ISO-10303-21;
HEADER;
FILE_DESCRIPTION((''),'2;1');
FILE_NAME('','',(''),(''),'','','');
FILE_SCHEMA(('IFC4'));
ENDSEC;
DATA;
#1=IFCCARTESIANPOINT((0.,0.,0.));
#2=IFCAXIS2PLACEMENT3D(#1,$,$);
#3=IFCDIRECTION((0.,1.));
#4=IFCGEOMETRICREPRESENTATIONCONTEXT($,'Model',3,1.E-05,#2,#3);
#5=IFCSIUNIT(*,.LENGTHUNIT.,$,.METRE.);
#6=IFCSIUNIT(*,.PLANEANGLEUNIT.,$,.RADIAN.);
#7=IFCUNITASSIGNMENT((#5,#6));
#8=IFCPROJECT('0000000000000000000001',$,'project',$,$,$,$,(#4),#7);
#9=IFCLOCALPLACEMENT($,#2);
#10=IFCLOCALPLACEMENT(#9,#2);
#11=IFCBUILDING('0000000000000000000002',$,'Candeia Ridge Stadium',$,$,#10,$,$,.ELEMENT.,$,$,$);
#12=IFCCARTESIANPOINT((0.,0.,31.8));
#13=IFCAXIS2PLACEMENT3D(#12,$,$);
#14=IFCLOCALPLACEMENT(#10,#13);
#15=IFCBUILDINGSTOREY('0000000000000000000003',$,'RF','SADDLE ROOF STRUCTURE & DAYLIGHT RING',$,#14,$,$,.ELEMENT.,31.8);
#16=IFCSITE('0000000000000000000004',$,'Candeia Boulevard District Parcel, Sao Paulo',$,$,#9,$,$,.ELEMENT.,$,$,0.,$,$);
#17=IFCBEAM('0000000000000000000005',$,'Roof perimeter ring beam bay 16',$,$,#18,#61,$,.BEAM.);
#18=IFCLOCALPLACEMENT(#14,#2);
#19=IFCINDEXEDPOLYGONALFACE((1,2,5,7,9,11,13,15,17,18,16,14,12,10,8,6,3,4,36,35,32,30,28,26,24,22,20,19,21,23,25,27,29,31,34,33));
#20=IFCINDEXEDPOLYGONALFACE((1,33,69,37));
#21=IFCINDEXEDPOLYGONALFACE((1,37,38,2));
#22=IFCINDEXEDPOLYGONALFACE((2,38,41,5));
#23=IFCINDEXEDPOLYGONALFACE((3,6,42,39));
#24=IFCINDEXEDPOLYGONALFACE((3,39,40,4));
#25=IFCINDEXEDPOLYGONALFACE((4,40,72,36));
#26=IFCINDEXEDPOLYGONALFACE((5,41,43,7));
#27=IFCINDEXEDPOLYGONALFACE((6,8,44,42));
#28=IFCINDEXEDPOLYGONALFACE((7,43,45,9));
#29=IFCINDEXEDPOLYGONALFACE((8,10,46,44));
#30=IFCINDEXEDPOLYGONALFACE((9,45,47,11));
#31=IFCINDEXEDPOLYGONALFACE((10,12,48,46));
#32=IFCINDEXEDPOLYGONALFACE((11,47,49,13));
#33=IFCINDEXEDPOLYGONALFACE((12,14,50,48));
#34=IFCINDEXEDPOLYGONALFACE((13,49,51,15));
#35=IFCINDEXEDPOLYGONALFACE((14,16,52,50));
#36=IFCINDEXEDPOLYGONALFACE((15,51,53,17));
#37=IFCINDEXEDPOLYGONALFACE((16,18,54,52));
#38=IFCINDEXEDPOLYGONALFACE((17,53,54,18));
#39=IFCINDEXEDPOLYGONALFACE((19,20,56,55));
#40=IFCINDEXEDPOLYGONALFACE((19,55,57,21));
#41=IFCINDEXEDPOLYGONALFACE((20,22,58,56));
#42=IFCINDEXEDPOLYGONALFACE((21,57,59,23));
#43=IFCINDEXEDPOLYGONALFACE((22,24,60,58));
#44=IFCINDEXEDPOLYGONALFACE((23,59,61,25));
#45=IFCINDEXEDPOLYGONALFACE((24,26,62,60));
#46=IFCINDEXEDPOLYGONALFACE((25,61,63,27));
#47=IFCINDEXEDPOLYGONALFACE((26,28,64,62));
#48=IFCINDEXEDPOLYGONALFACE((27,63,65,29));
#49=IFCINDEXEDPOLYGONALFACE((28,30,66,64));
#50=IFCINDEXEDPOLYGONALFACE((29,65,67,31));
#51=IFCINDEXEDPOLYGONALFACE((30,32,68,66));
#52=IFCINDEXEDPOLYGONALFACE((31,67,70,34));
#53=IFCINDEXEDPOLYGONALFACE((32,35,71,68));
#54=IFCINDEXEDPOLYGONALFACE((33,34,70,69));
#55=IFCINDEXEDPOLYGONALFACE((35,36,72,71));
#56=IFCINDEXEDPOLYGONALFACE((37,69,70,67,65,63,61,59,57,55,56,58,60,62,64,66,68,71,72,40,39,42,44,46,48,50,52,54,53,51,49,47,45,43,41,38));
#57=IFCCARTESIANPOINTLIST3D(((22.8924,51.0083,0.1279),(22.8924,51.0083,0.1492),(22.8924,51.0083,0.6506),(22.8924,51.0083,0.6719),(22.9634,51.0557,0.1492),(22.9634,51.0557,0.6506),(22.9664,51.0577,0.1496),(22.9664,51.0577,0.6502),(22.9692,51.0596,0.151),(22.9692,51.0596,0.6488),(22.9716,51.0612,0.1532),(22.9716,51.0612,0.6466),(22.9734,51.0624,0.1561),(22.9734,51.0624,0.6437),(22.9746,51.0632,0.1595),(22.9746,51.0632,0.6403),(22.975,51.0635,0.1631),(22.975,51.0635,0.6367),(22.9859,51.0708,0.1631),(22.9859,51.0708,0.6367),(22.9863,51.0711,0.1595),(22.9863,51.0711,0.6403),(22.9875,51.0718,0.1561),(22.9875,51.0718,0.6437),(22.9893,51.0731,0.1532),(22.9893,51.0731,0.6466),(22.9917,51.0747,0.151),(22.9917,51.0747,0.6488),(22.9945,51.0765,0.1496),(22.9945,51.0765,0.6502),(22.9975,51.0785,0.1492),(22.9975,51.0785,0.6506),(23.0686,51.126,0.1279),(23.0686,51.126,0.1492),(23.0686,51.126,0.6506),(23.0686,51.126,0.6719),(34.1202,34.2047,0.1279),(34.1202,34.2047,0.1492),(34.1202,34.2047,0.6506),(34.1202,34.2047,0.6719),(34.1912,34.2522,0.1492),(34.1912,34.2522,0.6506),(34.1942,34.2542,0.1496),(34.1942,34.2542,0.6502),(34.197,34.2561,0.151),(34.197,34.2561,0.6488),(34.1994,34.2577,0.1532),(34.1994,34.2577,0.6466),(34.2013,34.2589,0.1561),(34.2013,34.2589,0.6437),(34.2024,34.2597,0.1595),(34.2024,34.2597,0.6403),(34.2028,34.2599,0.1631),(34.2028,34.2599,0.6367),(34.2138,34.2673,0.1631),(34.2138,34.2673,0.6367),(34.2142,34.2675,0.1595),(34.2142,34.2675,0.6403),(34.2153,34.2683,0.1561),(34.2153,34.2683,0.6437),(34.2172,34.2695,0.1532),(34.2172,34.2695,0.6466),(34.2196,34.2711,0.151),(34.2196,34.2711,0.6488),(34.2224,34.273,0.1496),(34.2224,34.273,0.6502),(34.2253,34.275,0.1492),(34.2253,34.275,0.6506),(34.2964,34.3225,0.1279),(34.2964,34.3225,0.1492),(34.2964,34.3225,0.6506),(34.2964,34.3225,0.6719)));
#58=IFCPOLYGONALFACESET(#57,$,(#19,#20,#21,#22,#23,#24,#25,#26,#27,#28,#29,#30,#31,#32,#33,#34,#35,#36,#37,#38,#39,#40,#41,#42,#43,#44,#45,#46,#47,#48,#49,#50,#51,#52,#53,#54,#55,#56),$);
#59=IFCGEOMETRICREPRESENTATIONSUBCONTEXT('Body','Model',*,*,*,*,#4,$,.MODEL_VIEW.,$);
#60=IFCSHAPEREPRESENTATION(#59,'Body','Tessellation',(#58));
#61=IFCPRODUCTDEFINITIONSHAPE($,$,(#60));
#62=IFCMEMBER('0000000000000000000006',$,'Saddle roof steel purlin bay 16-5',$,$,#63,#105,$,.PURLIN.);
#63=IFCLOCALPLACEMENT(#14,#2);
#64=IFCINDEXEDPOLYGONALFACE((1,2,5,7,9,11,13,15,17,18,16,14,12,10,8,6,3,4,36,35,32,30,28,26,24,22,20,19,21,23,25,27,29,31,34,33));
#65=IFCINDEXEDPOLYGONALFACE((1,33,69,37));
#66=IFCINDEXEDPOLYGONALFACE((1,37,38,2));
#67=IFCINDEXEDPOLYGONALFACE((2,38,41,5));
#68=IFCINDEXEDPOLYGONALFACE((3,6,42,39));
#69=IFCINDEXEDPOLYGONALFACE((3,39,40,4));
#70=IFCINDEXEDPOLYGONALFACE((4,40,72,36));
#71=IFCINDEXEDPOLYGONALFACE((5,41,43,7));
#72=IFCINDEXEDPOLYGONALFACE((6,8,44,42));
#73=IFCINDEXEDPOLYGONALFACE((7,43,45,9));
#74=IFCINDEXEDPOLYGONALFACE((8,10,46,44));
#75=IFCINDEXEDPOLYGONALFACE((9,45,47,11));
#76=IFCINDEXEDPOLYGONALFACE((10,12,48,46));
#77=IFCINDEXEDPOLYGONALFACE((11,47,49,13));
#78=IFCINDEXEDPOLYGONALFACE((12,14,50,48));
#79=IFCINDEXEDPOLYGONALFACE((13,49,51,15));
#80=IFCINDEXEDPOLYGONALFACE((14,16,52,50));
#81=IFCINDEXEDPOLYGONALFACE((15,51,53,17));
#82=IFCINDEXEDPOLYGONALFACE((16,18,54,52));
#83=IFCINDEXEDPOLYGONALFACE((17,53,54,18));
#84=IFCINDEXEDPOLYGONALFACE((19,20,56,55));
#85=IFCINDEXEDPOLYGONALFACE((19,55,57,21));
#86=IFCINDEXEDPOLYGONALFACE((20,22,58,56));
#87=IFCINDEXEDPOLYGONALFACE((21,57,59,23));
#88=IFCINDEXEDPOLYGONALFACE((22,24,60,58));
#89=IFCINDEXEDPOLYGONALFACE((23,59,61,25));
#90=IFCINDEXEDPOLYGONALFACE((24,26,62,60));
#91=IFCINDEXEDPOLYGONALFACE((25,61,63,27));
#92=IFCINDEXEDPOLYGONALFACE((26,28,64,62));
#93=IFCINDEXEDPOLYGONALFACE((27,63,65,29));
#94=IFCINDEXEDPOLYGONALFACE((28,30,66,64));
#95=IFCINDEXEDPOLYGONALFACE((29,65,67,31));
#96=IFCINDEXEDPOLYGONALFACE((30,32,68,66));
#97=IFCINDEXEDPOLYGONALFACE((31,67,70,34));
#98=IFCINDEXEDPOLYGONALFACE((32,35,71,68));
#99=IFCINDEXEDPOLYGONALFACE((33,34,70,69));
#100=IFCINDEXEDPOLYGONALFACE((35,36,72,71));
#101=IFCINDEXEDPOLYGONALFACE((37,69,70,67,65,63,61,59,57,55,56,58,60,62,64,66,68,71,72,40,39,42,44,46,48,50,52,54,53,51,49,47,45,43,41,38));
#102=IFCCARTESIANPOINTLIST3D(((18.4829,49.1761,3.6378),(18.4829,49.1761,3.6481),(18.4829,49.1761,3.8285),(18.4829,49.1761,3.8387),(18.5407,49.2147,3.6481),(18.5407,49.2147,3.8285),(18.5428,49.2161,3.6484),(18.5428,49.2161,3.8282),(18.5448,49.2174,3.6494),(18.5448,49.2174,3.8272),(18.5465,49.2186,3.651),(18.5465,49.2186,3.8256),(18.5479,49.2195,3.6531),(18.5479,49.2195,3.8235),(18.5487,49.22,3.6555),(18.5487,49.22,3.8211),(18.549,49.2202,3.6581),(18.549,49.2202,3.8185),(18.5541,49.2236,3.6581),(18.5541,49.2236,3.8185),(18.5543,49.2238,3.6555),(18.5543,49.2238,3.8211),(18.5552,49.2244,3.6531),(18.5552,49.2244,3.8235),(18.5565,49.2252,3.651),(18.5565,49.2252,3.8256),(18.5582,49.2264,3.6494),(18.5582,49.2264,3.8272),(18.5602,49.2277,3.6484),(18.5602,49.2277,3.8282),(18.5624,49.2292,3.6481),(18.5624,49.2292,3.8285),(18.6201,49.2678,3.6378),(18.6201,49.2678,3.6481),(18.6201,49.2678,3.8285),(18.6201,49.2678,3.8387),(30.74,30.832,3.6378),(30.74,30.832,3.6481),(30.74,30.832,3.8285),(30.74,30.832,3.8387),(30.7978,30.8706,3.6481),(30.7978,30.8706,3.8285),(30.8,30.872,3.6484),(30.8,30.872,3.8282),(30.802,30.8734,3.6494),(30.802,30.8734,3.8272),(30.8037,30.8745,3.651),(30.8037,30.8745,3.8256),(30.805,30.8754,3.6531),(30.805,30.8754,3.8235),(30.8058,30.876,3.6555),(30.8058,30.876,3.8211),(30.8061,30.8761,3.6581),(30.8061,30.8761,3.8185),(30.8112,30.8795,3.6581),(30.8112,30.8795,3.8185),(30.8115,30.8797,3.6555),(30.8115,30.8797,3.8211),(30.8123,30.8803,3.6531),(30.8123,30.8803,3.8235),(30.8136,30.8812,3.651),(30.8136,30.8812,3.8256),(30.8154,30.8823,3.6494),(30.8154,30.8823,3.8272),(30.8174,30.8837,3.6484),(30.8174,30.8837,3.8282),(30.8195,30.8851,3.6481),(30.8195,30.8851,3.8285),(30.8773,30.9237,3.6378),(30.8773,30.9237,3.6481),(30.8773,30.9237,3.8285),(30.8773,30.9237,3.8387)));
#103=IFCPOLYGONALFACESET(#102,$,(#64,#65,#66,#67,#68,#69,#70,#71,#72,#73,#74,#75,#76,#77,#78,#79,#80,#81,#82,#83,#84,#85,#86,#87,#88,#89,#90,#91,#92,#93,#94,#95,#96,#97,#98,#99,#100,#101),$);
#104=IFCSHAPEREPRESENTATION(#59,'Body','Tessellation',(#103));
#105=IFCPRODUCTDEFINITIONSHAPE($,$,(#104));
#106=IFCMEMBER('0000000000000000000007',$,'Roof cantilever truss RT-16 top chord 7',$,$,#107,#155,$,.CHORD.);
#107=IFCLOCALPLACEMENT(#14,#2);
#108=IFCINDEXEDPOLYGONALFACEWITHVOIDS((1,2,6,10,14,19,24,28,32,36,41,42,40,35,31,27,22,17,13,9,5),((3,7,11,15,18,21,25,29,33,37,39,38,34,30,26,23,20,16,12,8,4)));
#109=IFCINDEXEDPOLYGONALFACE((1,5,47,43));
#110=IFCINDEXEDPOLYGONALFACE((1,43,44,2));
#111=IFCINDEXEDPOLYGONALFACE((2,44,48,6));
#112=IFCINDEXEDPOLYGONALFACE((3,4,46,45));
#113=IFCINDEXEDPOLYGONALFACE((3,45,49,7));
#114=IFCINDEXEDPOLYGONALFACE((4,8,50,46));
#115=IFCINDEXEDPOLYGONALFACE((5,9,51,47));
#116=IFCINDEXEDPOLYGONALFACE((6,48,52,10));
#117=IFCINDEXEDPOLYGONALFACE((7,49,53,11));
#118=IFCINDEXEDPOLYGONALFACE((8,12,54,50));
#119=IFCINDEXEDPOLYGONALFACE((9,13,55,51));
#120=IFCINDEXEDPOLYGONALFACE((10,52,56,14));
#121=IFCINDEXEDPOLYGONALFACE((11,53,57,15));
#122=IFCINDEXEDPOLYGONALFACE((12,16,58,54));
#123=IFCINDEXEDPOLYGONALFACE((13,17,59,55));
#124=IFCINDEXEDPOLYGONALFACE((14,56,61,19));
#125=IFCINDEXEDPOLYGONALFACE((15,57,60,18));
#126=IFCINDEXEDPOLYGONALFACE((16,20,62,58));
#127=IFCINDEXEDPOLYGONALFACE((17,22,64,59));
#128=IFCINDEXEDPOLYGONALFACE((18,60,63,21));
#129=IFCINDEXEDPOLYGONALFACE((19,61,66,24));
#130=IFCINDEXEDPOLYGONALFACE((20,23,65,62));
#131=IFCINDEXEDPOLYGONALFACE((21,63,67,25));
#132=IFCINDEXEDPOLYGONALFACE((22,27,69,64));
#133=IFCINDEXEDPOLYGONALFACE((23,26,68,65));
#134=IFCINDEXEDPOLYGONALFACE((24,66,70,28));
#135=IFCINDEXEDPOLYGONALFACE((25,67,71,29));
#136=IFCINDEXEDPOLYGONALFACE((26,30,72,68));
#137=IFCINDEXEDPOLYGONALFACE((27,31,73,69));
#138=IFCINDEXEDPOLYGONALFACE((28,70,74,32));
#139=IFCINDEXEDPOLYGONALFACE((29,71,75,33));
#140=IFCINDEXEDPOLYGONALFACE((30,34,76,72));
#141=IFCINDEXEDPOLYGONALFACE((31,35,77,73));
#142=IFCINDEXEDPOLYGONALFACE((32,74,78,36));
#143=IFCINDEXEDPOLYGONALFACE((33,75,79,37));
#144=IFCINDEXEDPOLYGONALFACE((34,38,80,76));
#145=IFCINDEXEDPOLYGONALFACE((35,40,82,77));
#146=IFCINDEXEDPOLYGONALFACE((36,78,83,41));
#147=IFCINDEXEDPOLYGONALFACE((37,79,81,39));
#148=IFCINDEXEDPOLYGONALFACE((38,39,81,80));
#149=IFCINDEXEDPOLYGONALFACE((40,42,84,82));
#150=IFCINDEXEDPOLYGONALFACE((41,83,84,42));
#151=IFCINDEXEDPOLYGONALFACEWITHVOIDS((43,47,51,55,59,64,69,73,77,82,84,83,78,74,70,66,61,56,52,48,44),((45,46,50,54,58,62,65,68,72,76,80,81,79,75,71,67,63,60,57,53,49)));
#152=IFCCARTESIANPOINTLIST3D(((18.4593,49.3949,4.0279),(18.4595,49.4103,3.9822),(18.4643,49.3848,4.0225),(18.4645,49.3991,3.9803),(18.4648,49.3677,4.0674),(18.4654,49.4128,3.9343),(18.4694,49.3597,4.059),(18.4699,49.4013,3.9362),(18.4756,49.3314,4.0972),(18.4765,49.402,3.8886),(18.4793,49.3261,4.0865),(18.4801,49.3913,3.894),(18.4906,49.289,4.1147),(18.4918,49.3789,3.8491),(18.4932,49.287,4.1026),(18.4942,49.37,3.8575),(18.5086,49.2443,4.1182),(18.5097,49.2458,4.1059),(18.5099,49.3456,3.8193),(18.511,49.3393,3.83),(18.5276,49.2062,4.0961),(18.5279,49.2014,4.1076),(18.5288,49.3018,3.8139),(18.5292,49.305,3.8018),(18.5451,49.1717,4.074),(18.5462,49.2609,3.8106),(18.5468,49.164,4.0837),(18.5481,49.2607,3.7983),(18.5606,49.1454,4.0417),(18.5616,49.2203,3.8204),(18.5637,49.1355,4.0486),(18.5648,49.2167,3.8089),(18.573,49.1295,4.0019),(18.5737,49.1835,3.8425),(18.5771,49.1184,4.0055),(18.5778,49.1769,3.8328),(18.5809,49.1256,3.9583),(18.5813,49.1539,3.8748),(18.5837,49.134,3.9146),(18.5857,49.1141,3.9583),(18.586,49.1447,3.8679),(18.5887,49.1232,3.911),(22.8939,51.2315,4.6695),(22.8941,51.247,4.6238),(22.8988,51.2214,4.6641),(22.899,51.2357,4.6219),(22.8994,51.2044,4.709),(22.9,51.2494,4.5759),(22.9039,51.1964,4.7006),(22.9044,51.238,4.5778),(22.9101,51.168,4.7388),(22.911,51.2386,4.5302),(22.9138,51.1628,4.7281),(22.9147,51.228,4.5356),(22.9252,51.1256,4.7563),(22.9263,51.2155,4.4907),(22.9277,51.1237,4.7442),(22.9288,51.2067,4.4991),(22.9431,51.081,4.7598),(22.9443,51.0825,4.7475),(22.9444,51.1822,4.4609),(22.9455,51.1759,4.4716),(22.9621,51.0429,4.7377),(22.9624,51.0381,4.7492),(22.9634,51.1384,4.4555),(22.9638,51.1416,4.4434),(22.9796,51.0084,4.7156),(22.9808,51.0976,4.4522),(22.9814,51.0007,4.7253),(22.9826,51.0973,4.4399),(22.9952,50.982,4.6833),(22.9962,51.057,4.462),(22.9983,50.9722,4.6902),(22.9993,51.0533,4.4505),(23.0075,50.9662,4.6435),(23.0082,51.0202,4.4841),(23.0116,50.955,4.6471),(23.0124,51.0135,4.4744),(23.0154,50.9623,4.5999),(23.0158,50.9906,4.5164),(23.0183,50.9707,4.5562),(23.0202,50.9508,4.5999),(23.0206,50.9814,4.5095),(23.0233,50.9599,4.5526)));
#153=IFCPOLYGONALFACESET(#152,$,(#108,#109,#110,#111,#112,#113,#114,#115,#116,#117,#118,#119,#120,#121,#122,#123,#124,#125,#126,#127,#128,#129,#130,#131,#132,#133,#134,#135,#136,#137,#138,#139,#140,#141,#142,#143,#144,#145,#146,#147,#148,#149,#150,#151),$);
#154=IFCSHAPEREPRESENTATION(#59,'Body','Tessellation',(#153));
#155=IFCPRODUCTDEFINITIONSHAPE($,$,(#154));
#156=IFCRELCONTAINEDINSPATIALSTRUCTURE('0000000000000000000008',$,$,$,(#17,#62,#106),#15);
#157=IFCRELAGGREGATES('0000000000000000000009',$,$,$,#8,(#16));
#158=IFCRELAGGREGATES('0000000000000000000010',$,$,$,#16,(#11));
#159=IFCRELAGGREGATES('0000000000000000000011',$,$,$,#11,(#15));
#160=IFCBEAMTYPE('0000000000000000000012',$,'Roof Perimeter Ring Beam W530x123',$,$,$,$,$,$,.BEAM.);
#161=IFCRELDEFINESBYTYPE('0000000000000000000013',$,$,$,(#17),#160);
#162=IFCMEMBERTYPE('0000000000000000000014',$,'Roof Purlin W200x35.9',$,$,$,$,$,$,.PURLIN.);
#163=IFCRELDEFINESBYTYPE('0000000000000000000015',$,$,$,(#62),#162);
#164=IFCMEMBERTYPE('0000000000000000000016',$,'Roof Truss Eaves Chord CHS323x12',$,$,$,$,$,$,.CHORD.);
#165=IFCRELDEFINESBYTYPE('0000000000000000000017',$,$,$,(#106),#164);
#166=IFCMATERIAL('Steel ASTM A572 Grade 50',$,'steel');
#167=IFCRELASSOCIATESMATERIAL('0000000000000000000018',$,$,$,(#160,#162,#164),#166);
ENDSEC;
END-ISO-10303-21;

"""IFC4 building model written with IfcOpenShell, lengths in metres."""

from ifc_helpers import new_model, si_unit, direction, frame, origin, origin_2d, place, context, subcontext, project, spatial, hollow_circle, i_section, extrude, material, material_profile, profile_set, type_object, element, save


model = new_model("IFC4")

# Units and contexts
model_context = context("Model", 3, precision=1e-05, world=origin(), true_north=direction((0.0, 1.0)))
body_context = subcontext(model_context, "Body", "Model", "MODEL_VIEW")
ifc_project = project(units=[si_unit("LENGTHUNIT", "METRE"), si_unit("PLANEANGLEUNIT", "RADIAN")], contexts=[model_context])

# Site, building, storey
site_placement = place(None, origin())
site = spatial("IfcSite", under=ifc_project, at=site_placement, Name="Candeia Boulevard District Parcel, Sao Paulo", CompositionType="ELEMENT", RefElevation=0.0)
building_placement = place(site_placement, origin())
building = spatial("IfcBuilding", under=site, at=building_placement, Name="Candeia Ridge Stadium", CompositionType="ELEMENT")
storey_placement = place(building_placement, frame((0.0, 0.0, 31.8)))
storey = spatial("IfcBuildingStorey", under=building, at=storey_placement, Name="RF", Description="SADDLE ROOF STRUCTURE & DAYLIGHT RING", CompositionType="ELEMENT", Elevation=31.8)

# Shared definitions
ifc_material_1 = material(Name="Steel ASTM A572 Grade 50", Category="steel")

# Beam
ifc_material_profile_1 = material_profile(ifc_material_1, i_section(OverallWidth=0.2119, OverallDepth=0.5439, WebThickness=0.0132, FlangeThickness=0.0212, FilletRadius=0.0139, at=origin_2d()), Name="W530x123", Category="steel")
ifc_profile_set_1 = profile_set([ifc_material_profile_1], Name="Steel ASTM A572 Grade 50")
beam_type_1 = type_object("IfcBeamType", Name="Roof Perimeter Ring Beam W530x123", PredefinedType="BEAM", material=ifc_profile_set_1)
beam_1_placement = place(storey_placement, frame((22.9805, 51.0671, 0.3999), z_axis=(0.555572, -0.831468, 0.0), x_axis=(0.831468, 0.555572, 0.0)))
element("IfcBeam", 1, at=beam_1_placement, inside=storey, type_object=beam_type_1, Name="Roof perimeter ring beam bay 16", PredefinedType="BEAM", context=body_context, shape_type="SweptSolid", body=[
    extrude(i_section(OverallWidth=0.2119, OverallDepth=0.5439, WebThickness=0.0132, FlangeThickness=0.0212, FilletRadius=0.0139, at=origin_2d()), origin(), (0.0, 0.0, 1.0), 20.2095),
])

# Members
ifc_material_profile_2 = material_profile(ifc_material_1, i_section(OverallWidth=0.165, OverallDepth=0.2009, WebThickness=0.0061, FlangeThickness=0.0103, FilletRadius=0.01, at=origin_2d()), Name="W200x35.9", Category="steel")
ifc_profile_set_2 = profile_set([ifc_material_profile_2], Name="Steel ASTM A572 Grade 50")
member_type_1 = type_object("IfcMemberType", Name="Roof Purlin W200x35.9", PredefinedType="PURLIN", material=ifc_profile_set_2)
member_1_placement = place(storey_placement, frame((18.5515, 49.2219, 3.7383), z_axis=(0.555571, -0.831469, 0.0), x_axis=(0.831469, 0.555571, 0.0)))
element("IfcMember", 2, at=member_1_placement, inside=storey, type_object=member_type_1, Name="Saddle roof steel purlin bay 16-5", PredefinedType="PURLIN", context=body_context, shape_type="SweptSolid", body=[
    extrude(i_section(OverallWidth=0.165, OverallDepth=0.2009, WebThickness=0.0061, FlangeThickness=0.0103, FilletRadius=0.01, at=origin_2d()), origin(), (0.0, 0.0, 1.0), 22.0623),
])
ifc_material_profile_3 = material_profile(ifc_material_1, hollow_circle(Radius=0.1619, WallThickness=0.0125, at=origin_2d()), Name="CHS323x12", Category="steel")
ifc_profile_set_3 = profile_set([ifc_material_profile_3], Name="Steel ASTM A572 Grade 50")
member_type_2 = type_object("IfcMemberType", Name="Roof Truss Eaves Chord CHS323x12", PredefinedType="CHORD", material=ifc_profile_set_3)
member_2_placement = place(storey_placement, frame((22.9583, 51.1003, 4.5999), z_axis=(-0.915748, -0.379276, -0.132492), x_axis=(0.38265, -0.923893, 0.0)))
element("IfcMember", 3, at=member_2_placement, inside=storey, type_object=member_type_2, Name="Roof cantilever truss RT-16 top chord 7", PredefinedType="CHORD", context=body_context, shape_type="SweptSolid", body=[
    extrude(hollow_circle(Radius=0.1619, WallThickness=0.0125, at=origin_2d()), origin(), (0.0, 0.0, 1.0), 4.8425),
])

save(model, "model.ifc")
